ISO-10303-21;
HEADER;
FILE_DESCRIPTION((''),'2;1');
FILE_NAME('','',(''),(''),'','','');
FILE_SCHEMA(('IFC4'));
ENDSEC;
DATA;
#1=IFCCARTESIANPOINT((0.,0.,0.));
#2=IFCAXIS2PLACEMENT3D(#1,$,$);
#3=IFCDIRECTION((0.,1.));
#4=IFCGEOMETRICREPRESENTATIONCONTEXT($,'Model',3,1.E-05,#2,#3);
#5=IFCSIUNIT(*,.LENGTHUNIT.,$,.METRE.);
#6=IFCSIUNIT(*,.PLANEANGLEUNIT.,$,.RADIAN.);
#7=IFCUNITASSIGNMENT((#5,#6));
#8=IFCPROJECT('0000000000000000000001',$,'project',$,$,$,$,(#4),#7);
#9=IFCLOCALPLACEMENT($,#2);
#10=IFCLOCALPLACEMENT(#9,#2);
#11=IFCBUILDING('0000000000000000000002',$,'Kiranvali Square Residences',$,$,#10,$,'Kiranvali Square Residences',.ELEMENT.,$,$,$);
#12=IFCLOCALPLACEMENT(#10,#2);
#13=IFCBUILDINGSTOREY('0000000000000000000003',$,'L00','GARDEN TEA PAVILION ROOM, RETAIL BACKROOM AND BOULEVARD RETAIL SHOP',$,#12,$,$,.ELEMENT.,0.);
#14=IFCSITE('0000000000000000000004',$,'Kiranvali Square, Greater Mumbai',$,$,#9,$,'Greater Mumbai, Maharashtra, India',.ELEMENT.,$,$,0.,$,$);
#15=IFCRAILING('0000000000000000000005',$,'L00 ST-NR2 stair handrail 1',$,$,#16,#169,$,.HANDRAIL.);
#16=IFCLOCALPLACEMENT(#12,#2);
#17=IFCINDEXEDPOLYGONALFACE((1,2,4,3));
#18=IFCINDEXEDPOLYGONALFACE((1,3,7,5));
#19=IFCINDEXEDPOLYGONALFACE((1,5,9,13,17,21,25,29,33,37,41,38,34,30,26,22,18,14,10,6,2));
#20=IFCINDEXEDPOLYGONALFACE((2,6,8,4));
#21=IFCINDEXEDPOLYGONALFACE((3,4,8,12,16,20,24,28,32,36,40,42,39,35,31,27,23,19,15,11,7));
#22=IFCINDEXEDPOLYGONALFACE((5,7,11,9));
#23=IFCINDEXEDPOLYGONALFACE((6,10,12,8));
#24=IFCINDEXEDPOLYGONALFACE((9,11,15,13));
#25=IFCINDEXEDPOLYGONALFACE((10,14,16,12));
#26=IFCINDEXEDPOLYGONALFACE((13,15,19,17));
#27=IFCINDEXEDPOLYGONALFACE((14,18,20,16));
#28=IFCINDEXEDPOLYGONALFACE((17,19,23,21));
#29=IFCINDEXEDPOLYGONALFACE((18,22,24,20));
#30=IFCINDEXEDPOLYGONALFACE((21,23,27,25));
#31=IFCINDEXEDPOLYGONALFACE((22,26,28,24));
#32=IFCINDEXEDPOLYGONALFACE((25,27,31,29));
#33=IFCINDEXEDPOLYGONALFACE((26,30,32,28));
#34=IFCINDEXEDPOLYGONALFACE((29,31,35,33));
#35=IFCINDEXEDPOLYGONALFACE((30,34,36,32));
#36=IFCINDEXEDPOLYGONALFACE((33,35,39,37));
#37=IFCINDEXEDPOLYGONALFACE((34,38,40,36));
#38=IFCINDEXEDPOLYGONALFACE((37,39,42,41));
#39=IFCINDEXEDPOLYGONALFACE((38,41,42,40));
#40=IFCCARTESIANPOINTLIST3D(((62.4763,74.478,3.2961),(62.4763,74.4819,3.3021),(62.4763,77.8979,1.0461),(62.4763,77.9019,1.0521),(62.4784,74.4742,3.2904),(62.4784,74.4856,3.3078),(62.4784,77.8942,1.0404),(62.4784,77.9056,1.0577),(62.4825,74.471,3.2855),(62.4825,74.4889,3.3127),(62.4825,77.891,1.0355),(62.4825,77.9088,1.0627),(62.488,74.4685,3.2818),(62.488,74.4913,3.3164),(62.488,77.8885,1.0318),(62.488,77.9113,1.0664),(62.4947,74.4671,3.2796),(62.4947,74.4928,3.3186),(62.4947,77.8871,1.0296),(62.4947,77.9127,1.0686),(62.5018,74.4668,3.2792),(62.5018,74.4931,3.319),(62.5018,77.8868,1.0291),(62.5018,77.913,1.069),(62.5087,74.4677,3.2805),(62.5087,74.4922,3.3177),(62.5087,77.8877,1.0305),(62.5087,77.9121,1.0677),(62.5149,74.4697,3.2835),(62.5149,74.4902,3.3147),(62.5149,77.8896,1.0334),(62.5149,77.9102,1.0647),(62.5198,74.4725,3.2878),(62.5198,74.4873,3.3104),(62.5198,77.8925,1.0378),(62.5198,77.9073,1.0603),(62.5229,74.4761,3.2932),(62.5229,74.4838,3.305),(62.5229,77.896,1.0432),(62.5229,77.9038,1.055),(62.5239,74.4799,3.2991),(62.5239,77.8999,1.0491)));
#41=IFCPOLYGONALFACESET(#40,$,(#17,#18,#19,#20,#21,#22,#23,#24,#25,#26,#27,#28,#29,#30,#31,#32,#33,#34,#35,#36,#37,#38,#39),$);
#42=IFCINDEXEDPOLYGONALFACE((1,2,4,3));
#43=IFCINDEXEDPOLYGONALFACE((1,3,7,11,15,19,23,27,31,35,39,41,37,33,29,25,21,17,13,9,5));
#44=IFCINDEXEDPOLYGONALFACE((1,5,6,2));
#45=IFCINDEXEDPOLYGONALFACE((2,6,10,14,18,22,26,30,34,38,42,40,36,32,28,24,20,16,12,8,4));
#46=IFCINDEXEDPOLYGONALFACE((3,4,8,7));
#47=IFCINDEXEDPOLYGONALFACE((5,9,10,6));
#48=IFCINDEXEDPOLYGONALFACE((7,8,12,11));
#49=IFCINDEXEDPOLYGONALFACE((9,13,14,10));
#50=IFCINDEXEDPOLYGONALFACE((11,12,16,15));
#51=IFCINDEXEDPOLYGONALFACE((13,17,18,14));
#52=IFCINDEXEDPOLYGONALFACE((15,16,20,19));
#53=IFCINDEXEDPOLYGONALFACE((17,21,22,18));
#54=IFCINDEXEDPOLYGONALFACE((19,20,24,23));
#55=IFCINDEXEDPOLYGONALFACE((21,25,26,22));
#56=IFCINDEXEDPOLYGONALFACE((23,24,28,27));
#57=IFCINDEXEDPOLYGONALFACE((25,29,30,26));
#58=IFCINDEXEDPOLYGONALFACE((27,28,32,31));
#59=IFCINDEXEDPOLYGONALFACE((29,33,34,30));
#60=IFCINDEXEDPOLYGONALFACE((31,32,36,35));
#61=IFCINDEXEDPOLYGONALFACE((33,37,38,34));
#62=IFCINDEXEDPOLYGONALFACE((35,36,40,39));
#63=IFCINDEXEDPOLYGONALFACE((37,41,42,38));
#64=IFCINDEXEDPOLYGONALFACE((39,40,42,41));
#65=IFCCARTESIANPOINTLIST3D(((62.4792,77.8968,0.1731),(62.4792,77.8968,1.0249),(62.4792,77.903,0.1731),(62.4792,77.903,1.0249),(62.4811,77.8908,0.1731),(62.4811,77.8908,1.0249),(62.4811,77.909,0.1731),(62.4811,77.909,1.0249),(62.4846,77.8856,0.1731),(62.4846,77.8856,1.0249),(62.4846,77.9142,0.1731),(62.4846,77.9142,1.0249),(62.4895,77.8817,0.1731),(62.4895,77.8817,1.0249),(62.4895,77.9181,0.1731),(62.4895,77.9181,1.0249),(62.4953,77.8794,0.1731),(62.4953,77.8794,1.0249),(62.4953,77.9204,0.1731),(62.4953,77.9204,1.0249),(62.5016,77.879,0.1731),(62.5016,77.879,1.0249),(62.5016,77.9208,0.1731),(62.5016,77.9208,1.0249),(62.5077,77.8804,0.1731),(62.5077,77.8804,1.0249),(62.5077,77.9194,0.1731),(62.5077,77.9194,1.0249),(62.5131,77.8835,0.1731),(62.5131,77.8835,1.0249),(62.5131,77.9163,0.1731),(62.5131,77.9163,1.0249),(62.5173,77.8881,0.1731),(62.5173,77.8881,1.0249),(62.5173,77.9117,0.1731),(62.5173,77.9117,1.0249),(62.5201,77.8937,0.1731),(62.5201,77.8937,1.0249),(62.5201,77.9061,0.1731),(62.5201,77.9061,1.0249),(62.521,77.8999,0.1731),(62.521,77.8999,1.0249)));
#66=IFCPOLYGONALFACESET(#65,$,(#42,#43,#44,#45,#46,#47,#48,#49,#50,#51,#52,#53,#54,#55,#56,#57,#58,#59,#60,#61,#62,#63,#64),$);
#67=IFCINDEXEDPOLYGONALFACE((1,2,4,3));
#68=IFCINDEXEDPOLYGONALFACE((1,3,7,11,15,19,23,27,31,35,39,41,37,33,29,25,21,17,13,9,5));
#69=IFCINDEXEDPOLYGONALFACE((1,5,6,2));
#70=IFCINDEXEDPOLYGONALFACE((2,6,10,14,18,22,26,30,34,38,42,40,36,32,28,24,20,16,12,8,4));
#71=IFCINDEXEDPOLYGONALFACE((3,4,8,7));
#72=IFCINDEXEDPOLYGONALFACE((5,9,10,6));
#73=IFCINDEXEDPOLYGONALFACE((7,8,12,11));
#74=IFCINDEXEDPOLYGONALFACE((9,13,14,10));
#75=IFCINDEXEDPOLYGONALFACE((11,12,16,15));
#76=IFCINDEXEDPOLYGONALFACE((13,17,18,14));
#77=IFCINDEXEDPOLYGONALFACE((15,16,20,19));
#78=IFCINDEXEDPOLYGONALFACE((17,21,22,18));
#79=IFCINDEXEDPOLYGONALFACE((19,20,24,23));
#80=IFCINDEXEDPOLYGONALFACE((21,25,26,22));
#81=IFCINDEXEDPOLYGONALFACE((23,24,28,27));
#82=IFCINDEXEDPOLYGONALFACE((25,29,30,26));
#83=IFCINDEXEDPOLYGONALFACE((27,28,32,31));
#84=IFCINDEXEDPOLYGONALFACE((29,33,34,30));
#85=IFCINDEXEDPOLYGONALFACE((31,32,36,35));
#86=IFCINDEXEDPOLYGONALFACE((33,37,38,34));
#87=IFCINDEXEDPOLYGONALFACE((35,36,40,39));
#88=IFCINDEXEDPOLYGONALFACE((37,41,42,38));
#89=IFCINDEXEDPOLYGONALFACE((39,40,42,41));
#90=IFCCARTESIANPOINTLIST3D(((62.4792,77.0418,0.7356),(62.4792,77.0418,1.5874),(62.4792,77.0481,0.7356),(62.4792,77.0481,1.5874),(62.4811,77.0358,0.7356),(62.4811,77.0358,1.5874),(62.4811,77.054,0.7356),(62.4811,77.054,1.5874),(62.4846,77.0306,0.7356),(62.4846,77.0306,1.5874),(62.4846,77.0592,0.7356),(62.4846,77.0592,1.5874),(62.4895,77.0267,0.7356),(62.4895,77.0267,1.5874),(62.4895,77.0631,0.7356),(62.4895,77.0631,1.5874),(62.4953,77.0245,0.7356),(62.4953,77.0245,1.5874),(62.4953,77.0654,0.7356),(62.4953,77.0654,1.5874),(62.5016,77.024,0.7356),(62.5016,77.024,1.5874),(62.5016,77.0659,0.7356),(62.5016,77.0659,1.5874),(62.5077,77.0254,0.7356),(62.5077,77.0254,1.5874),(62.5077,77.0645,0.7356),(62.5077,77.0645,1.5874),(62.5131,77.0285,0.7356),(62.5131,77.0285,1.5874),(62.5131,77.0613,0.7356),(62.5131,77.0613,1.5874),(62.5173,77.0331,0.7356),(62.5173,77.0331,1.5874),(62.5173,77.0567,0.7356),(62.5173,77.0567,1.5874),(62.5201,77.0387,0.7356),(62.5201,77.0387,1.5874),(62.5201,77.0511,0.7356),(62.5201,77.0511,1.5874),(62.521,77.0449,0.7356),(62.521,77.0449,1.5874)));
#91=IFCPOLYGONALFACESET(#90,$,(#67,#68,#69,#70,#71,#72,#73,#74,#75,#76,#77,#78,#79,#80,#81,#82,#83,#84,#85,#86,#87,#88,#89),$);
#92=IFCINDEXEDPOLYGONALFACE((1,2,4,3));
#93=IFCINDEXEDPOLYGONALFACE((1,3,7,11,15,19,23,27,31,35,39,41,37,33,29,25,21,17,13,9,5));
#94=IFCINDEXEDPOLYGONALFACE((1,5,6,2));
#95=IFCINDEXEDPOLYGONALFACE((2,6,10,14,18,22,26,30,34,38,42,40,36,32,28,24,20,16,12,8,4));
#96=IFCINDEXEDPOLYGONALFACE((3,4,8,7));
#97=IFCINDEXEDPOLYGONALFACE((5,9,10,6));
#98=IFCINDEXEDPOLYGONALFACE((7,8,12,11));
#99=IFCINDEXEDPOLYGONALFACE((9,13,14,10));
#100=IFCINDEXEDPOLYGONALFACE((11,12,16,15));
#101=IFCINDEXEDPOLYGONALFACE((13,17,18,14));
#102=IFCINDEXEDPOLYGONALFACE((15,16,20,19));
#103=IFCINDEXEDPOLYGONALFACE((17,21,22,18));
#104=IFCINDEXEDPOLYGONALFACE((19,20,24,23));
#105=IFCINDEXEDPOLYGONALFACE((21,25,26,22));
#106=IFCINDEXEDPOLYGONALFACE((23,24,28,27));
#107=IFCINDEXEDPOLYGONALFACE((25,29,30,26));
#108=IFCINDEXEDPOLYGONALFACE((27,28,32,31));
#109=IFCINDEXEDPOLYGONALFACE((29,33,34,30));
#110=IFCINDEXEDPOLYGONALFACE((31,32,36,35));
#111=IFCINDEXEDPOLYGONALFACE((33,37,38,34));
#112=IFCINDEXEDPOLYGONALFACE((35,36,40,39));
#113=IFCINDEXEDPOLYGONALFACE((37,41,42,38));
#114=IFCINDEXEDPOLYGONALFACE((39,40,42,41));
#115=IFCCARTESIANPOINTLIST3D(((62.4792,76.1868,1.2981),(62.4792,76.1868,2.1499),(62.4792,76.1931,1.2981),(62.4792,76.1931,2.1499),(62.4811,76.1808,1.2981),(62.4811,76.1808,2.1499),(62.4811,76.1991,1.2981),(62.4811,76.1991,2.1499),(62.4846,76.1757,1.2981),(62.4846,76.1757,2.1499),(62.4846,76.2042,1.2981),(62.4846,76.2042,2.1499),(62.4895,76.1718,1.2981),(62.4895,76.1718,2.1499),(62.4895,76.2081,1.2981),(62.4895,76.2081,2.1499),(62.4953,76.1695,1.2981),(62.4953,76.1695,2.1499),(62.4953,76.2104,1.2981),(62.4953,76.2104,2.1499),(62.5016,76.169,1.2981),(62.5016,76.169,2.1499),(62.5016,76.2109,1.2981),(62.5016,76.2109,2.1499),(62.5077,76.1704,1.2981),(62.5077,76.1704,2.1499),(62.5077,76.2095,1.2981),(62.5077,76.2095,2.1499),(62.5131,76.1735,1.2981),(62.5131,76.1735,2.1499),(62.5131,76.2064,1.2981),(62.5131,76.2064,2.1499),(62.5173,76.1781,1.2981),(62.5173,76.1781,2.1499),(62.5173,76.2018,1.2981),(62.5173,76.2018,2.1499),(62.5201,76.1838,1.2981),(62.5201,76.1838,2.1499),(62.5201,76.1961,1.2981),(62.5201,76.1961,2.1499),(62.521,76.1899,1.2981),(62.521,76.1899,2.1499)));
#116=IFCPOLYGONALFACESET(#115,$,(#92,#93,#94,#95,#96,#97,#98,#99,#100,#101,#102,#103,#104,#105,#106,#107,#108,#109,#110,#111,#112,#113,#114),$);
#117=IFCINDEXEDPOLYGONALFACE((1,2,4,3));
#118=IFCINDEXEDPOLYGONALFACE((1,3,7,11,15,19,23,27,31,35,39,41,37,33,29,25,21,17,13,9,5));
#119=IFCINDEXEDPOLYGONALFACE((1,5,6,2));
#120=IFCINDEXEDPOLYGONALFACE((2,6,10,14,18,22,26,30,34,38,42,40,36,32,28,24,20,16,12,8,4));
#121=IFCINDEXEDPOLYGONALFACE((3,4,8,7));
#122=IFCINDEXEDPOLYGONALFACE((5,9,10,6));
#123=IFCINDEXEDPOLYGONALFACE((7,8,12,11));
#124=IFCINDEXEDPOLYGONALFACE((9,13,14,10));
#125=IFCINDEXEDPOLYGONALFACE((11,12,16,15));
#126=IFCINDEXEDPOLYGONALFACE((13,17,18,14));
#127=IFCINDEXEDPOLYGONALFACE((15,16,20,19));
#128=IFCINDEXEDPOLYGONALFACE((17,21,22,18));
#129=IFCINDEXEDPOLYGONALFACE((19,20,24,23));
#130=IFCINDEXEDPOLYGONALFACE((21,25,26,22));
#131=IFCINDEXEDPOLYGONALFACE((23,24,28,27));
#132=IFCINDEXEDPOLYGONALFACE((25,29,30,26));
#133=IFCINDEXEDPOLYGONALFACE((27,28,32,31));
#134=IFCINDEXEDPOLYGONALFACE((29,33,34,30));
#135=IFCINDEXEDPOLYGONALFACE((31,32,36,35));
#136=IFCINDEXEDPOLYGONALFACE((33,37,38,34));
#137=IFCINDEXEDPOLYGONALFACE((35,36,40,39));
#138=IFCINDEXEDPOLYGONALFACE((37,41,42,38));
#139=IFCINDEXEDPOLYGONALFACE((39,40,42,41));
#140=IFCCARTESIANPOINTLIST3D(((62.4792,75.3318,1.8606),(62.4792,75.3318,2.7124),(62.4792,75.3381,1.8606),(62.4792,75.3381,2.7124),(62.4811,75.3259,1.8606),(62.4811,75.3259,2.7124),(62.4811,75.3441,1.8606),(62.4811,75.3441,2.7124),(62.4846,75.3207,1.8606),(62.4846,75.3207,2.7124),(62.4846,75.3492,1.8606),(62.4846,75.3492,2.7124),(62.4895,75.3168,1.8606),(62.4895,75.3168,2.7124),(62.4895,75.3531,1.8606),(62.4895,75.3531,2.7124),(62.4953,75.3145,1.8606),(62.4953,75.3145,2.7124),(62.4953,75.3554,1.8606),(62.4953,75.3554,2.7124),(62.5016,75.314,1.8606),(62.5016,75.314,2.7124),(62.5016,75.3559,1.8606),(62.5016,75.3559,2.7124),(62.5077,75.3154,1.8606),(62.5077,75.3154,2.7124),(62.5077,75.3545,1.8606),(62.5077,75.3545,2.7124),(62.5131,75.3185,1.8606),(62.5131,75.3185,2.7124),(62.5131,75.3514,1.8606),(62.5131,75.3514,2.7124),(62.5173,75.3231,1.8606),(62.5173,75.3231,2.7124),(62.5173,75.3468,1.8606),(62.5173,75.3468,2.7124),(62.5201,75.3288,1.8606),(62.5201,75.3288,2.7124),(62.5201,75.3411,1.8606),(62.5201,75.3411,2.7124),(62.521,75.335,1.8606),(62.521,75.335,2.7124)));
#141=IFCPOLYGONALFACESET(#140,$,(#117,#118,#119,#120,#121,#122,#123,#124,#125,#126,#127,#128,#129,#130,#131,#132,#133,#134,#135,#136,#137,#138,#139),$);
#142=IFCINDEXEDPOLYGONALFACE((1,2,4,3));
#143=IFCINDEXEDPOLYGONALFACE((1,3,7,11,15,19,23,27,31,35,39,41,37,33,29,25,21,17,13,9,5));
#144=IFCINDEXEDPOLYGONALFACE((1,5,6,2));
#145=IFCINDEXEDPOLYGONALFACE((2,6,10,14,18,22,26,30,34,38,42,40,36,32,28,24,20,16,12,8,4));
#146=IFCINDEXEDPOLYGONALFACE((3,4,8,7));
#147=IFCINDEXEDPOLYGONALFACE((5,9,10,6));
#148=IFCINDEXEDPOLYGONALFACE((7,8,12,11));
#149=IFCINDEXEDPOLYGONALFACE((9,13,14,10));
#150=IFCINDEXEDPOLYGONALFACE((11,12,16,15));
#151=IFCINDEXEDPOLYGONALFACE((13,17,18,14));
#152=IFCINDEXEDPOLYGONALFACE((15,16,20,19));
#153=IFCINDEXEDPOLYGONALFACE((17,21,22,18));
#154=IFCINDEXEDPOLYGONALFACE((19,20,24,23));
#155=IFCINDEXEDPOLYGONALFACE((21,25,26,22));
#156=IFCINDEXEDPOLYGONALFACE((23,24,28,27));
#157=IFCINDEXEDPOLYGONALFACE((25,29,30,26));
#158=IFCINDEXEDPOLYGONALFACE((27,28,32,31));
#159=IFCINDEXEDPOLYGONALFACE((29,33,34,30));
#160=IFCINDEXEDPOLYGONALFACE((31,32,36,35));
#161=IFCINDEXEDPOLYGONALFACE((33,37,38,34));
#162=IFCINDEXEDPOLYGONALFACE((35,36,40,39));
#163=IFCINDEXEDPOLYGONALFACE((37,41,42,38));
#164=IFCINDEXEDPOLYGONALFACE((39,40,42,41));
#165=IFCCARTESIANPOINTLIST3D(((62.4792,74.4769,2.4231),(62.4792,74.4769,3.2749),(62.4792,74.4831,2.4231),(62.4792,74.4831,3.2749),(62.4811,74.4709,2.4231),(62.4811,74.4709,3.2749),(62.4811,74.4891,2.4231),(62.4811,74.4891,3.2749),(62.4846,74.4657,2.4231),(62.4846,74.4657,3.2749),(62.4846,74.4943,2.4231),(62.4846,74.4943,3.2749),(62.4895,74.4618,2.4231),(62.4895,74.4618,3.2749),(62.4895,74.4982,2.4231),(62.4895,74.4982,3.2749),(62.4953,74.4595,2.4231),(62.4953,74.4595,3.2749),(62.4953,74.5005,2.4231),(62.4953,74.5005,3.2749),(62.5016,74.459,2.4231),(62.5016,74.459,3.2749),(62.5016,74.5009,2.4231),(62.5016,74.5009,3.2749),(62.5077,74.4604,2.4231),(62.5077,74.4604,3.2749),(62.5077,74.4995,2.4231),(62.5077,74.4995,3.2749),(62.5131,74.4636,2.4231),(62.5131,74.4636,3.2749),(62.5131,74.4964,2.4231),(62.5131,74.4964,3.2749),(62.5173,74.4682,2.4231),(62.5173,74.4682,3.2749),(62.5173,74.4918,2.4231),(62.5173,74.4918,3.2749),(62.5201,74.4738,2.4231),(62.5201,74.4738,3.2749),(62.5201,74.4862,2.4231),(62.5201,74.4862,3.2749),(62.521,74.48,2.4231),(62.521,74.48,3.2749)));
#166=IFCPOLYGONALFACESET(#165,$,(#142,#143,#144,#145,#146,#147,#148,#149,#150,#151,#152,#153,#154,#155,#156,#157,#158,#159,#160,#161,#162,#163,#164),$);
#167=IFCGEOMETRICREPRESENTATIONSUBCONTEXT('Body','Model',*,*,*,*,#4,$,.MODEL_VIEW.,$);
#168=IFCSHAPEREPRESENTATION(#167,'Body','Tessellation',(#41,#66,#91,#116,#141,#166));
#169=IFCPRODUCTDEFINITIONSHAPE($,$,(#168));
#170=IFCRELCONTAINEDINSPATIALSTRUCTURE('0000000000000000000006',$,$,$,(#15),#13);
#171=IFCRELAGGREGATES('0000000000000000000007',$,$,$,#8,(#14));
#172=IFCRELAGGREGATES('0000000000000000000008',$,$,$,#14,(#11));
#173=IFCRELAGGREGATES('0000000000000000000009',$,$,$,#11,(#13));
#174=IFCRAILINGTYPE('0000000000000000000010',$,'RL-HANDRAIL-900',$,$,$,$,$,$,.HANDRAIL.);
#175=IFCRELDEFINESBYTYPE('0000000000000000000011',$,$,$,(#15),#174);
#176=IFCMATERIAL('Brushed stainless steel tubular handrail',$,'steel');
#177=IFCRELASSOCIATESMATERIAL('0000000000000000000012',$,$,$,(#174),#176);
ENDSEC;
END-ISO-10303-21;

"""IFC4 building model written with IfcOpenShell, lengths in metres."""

from ifc_helpers import new_model, si_unit, direction, frame, origin, origin_2d, place, context, subcontext, project, spatial, circle, extrude, material, type_object, element, save


model = new_model("IFC4")

# Units and contexts
model_context = context("Model", 3, precision=1e-05, world=origin(), true_north=direction((0.0, 1.0)))
body_context = subcontext(model_context, "Body", "Model", "MODEL_VIEW")
ifc_project = project(units=[si_unit("LENGTHUNIT", "METRE"), si_unit("PLANEANGLEUNIT", "RADIAN")], contexts=[model_context])

# Site, building, storey
site_placement = place(None, origin())
site = spatial("IfcSite", under=ifc_project, at=site_placement, Name="Kiranvali Square, Greater Mumbai", LongName="Greater Mumbai, Maharashtra, India", CompositionType="ELEMENT", RefElevation=0.0)
building_placement = place(site_placement, origin())
building = spatial("IfcBuilding", under=site, at=building_placement, Name="Kiranvali Square Residences", LongName="Kiranvali Square Residences", CompositionType="ELEMENT")
storey_placement = place(building_placement, origin())
storey = spatial("IfcBuildingStorey", under=building, at=storey_placement, Name="L00", Description="GARDEN TEA PAVILION ROOM, RETAIL BACKROOM AND BOULEVARD RETAIL SHOP", CompositionType="ELEMENT", Elevation=0.0)

# Railing
ifc_material_1 = material(Name="Brushed stainless steel tubular handrail", Category="steel")
railing_type_1 = type_object("IfcRailingType", Name="RL-HANDRAIL-900", PredefinedType="HANDRAIL", material=ifc_material_1)
railing_1_placement = place(storey_placement, frame((62.5, 77.8999, 0.1731)))
element("IfcRailing", 1, at=railing_1_placement, inside=storey, type_object=railing_type_1, Name="L00 ST-NR2 stair handrail 1", PredefinedType="HANDRAIL", context=body_context, shape_type="SweptSolid", body=[
    extrude(circle(Radius=0.0239, at=origin_2d()), frame((0.0, 0.0, 0.876), z_axis=(0.0, -0.835411, 0.549625), x_axis=(1.0, 0.0, 0.0)), (0.0, 0.0, 1.0), 4.0938),
    extrude(circle(Radius=0.021, at=origin_2d()), origin(), (0.0, 0.0, 1.0), 0.8518),
    extrude(circle(Radius=0.021, at=origin_2d()), frame((0.0, -0.855, 0.5625)), (0.0, 0.0, 1.0), 0.8518),
    extrude(circle(Radius=0.021, at=origin_2d()), frame((0.0, -1.71, 1.125)), (0.0, 0.0, 1.0), 0.8518),
    extrude(circle(Radius=0.021, at=origin_2d()), frame((0.0, -2.5649, 1.6875)), (0.0, 0.0, 1.0), 0.8518),
    extrude(circle(Radius=0.021, at=origin_2d()), frame((0.0, -3.4199, 2.25)), (0.0, 0.0, 1.0), 0.8518),
])

save(model, "model.ifc")
